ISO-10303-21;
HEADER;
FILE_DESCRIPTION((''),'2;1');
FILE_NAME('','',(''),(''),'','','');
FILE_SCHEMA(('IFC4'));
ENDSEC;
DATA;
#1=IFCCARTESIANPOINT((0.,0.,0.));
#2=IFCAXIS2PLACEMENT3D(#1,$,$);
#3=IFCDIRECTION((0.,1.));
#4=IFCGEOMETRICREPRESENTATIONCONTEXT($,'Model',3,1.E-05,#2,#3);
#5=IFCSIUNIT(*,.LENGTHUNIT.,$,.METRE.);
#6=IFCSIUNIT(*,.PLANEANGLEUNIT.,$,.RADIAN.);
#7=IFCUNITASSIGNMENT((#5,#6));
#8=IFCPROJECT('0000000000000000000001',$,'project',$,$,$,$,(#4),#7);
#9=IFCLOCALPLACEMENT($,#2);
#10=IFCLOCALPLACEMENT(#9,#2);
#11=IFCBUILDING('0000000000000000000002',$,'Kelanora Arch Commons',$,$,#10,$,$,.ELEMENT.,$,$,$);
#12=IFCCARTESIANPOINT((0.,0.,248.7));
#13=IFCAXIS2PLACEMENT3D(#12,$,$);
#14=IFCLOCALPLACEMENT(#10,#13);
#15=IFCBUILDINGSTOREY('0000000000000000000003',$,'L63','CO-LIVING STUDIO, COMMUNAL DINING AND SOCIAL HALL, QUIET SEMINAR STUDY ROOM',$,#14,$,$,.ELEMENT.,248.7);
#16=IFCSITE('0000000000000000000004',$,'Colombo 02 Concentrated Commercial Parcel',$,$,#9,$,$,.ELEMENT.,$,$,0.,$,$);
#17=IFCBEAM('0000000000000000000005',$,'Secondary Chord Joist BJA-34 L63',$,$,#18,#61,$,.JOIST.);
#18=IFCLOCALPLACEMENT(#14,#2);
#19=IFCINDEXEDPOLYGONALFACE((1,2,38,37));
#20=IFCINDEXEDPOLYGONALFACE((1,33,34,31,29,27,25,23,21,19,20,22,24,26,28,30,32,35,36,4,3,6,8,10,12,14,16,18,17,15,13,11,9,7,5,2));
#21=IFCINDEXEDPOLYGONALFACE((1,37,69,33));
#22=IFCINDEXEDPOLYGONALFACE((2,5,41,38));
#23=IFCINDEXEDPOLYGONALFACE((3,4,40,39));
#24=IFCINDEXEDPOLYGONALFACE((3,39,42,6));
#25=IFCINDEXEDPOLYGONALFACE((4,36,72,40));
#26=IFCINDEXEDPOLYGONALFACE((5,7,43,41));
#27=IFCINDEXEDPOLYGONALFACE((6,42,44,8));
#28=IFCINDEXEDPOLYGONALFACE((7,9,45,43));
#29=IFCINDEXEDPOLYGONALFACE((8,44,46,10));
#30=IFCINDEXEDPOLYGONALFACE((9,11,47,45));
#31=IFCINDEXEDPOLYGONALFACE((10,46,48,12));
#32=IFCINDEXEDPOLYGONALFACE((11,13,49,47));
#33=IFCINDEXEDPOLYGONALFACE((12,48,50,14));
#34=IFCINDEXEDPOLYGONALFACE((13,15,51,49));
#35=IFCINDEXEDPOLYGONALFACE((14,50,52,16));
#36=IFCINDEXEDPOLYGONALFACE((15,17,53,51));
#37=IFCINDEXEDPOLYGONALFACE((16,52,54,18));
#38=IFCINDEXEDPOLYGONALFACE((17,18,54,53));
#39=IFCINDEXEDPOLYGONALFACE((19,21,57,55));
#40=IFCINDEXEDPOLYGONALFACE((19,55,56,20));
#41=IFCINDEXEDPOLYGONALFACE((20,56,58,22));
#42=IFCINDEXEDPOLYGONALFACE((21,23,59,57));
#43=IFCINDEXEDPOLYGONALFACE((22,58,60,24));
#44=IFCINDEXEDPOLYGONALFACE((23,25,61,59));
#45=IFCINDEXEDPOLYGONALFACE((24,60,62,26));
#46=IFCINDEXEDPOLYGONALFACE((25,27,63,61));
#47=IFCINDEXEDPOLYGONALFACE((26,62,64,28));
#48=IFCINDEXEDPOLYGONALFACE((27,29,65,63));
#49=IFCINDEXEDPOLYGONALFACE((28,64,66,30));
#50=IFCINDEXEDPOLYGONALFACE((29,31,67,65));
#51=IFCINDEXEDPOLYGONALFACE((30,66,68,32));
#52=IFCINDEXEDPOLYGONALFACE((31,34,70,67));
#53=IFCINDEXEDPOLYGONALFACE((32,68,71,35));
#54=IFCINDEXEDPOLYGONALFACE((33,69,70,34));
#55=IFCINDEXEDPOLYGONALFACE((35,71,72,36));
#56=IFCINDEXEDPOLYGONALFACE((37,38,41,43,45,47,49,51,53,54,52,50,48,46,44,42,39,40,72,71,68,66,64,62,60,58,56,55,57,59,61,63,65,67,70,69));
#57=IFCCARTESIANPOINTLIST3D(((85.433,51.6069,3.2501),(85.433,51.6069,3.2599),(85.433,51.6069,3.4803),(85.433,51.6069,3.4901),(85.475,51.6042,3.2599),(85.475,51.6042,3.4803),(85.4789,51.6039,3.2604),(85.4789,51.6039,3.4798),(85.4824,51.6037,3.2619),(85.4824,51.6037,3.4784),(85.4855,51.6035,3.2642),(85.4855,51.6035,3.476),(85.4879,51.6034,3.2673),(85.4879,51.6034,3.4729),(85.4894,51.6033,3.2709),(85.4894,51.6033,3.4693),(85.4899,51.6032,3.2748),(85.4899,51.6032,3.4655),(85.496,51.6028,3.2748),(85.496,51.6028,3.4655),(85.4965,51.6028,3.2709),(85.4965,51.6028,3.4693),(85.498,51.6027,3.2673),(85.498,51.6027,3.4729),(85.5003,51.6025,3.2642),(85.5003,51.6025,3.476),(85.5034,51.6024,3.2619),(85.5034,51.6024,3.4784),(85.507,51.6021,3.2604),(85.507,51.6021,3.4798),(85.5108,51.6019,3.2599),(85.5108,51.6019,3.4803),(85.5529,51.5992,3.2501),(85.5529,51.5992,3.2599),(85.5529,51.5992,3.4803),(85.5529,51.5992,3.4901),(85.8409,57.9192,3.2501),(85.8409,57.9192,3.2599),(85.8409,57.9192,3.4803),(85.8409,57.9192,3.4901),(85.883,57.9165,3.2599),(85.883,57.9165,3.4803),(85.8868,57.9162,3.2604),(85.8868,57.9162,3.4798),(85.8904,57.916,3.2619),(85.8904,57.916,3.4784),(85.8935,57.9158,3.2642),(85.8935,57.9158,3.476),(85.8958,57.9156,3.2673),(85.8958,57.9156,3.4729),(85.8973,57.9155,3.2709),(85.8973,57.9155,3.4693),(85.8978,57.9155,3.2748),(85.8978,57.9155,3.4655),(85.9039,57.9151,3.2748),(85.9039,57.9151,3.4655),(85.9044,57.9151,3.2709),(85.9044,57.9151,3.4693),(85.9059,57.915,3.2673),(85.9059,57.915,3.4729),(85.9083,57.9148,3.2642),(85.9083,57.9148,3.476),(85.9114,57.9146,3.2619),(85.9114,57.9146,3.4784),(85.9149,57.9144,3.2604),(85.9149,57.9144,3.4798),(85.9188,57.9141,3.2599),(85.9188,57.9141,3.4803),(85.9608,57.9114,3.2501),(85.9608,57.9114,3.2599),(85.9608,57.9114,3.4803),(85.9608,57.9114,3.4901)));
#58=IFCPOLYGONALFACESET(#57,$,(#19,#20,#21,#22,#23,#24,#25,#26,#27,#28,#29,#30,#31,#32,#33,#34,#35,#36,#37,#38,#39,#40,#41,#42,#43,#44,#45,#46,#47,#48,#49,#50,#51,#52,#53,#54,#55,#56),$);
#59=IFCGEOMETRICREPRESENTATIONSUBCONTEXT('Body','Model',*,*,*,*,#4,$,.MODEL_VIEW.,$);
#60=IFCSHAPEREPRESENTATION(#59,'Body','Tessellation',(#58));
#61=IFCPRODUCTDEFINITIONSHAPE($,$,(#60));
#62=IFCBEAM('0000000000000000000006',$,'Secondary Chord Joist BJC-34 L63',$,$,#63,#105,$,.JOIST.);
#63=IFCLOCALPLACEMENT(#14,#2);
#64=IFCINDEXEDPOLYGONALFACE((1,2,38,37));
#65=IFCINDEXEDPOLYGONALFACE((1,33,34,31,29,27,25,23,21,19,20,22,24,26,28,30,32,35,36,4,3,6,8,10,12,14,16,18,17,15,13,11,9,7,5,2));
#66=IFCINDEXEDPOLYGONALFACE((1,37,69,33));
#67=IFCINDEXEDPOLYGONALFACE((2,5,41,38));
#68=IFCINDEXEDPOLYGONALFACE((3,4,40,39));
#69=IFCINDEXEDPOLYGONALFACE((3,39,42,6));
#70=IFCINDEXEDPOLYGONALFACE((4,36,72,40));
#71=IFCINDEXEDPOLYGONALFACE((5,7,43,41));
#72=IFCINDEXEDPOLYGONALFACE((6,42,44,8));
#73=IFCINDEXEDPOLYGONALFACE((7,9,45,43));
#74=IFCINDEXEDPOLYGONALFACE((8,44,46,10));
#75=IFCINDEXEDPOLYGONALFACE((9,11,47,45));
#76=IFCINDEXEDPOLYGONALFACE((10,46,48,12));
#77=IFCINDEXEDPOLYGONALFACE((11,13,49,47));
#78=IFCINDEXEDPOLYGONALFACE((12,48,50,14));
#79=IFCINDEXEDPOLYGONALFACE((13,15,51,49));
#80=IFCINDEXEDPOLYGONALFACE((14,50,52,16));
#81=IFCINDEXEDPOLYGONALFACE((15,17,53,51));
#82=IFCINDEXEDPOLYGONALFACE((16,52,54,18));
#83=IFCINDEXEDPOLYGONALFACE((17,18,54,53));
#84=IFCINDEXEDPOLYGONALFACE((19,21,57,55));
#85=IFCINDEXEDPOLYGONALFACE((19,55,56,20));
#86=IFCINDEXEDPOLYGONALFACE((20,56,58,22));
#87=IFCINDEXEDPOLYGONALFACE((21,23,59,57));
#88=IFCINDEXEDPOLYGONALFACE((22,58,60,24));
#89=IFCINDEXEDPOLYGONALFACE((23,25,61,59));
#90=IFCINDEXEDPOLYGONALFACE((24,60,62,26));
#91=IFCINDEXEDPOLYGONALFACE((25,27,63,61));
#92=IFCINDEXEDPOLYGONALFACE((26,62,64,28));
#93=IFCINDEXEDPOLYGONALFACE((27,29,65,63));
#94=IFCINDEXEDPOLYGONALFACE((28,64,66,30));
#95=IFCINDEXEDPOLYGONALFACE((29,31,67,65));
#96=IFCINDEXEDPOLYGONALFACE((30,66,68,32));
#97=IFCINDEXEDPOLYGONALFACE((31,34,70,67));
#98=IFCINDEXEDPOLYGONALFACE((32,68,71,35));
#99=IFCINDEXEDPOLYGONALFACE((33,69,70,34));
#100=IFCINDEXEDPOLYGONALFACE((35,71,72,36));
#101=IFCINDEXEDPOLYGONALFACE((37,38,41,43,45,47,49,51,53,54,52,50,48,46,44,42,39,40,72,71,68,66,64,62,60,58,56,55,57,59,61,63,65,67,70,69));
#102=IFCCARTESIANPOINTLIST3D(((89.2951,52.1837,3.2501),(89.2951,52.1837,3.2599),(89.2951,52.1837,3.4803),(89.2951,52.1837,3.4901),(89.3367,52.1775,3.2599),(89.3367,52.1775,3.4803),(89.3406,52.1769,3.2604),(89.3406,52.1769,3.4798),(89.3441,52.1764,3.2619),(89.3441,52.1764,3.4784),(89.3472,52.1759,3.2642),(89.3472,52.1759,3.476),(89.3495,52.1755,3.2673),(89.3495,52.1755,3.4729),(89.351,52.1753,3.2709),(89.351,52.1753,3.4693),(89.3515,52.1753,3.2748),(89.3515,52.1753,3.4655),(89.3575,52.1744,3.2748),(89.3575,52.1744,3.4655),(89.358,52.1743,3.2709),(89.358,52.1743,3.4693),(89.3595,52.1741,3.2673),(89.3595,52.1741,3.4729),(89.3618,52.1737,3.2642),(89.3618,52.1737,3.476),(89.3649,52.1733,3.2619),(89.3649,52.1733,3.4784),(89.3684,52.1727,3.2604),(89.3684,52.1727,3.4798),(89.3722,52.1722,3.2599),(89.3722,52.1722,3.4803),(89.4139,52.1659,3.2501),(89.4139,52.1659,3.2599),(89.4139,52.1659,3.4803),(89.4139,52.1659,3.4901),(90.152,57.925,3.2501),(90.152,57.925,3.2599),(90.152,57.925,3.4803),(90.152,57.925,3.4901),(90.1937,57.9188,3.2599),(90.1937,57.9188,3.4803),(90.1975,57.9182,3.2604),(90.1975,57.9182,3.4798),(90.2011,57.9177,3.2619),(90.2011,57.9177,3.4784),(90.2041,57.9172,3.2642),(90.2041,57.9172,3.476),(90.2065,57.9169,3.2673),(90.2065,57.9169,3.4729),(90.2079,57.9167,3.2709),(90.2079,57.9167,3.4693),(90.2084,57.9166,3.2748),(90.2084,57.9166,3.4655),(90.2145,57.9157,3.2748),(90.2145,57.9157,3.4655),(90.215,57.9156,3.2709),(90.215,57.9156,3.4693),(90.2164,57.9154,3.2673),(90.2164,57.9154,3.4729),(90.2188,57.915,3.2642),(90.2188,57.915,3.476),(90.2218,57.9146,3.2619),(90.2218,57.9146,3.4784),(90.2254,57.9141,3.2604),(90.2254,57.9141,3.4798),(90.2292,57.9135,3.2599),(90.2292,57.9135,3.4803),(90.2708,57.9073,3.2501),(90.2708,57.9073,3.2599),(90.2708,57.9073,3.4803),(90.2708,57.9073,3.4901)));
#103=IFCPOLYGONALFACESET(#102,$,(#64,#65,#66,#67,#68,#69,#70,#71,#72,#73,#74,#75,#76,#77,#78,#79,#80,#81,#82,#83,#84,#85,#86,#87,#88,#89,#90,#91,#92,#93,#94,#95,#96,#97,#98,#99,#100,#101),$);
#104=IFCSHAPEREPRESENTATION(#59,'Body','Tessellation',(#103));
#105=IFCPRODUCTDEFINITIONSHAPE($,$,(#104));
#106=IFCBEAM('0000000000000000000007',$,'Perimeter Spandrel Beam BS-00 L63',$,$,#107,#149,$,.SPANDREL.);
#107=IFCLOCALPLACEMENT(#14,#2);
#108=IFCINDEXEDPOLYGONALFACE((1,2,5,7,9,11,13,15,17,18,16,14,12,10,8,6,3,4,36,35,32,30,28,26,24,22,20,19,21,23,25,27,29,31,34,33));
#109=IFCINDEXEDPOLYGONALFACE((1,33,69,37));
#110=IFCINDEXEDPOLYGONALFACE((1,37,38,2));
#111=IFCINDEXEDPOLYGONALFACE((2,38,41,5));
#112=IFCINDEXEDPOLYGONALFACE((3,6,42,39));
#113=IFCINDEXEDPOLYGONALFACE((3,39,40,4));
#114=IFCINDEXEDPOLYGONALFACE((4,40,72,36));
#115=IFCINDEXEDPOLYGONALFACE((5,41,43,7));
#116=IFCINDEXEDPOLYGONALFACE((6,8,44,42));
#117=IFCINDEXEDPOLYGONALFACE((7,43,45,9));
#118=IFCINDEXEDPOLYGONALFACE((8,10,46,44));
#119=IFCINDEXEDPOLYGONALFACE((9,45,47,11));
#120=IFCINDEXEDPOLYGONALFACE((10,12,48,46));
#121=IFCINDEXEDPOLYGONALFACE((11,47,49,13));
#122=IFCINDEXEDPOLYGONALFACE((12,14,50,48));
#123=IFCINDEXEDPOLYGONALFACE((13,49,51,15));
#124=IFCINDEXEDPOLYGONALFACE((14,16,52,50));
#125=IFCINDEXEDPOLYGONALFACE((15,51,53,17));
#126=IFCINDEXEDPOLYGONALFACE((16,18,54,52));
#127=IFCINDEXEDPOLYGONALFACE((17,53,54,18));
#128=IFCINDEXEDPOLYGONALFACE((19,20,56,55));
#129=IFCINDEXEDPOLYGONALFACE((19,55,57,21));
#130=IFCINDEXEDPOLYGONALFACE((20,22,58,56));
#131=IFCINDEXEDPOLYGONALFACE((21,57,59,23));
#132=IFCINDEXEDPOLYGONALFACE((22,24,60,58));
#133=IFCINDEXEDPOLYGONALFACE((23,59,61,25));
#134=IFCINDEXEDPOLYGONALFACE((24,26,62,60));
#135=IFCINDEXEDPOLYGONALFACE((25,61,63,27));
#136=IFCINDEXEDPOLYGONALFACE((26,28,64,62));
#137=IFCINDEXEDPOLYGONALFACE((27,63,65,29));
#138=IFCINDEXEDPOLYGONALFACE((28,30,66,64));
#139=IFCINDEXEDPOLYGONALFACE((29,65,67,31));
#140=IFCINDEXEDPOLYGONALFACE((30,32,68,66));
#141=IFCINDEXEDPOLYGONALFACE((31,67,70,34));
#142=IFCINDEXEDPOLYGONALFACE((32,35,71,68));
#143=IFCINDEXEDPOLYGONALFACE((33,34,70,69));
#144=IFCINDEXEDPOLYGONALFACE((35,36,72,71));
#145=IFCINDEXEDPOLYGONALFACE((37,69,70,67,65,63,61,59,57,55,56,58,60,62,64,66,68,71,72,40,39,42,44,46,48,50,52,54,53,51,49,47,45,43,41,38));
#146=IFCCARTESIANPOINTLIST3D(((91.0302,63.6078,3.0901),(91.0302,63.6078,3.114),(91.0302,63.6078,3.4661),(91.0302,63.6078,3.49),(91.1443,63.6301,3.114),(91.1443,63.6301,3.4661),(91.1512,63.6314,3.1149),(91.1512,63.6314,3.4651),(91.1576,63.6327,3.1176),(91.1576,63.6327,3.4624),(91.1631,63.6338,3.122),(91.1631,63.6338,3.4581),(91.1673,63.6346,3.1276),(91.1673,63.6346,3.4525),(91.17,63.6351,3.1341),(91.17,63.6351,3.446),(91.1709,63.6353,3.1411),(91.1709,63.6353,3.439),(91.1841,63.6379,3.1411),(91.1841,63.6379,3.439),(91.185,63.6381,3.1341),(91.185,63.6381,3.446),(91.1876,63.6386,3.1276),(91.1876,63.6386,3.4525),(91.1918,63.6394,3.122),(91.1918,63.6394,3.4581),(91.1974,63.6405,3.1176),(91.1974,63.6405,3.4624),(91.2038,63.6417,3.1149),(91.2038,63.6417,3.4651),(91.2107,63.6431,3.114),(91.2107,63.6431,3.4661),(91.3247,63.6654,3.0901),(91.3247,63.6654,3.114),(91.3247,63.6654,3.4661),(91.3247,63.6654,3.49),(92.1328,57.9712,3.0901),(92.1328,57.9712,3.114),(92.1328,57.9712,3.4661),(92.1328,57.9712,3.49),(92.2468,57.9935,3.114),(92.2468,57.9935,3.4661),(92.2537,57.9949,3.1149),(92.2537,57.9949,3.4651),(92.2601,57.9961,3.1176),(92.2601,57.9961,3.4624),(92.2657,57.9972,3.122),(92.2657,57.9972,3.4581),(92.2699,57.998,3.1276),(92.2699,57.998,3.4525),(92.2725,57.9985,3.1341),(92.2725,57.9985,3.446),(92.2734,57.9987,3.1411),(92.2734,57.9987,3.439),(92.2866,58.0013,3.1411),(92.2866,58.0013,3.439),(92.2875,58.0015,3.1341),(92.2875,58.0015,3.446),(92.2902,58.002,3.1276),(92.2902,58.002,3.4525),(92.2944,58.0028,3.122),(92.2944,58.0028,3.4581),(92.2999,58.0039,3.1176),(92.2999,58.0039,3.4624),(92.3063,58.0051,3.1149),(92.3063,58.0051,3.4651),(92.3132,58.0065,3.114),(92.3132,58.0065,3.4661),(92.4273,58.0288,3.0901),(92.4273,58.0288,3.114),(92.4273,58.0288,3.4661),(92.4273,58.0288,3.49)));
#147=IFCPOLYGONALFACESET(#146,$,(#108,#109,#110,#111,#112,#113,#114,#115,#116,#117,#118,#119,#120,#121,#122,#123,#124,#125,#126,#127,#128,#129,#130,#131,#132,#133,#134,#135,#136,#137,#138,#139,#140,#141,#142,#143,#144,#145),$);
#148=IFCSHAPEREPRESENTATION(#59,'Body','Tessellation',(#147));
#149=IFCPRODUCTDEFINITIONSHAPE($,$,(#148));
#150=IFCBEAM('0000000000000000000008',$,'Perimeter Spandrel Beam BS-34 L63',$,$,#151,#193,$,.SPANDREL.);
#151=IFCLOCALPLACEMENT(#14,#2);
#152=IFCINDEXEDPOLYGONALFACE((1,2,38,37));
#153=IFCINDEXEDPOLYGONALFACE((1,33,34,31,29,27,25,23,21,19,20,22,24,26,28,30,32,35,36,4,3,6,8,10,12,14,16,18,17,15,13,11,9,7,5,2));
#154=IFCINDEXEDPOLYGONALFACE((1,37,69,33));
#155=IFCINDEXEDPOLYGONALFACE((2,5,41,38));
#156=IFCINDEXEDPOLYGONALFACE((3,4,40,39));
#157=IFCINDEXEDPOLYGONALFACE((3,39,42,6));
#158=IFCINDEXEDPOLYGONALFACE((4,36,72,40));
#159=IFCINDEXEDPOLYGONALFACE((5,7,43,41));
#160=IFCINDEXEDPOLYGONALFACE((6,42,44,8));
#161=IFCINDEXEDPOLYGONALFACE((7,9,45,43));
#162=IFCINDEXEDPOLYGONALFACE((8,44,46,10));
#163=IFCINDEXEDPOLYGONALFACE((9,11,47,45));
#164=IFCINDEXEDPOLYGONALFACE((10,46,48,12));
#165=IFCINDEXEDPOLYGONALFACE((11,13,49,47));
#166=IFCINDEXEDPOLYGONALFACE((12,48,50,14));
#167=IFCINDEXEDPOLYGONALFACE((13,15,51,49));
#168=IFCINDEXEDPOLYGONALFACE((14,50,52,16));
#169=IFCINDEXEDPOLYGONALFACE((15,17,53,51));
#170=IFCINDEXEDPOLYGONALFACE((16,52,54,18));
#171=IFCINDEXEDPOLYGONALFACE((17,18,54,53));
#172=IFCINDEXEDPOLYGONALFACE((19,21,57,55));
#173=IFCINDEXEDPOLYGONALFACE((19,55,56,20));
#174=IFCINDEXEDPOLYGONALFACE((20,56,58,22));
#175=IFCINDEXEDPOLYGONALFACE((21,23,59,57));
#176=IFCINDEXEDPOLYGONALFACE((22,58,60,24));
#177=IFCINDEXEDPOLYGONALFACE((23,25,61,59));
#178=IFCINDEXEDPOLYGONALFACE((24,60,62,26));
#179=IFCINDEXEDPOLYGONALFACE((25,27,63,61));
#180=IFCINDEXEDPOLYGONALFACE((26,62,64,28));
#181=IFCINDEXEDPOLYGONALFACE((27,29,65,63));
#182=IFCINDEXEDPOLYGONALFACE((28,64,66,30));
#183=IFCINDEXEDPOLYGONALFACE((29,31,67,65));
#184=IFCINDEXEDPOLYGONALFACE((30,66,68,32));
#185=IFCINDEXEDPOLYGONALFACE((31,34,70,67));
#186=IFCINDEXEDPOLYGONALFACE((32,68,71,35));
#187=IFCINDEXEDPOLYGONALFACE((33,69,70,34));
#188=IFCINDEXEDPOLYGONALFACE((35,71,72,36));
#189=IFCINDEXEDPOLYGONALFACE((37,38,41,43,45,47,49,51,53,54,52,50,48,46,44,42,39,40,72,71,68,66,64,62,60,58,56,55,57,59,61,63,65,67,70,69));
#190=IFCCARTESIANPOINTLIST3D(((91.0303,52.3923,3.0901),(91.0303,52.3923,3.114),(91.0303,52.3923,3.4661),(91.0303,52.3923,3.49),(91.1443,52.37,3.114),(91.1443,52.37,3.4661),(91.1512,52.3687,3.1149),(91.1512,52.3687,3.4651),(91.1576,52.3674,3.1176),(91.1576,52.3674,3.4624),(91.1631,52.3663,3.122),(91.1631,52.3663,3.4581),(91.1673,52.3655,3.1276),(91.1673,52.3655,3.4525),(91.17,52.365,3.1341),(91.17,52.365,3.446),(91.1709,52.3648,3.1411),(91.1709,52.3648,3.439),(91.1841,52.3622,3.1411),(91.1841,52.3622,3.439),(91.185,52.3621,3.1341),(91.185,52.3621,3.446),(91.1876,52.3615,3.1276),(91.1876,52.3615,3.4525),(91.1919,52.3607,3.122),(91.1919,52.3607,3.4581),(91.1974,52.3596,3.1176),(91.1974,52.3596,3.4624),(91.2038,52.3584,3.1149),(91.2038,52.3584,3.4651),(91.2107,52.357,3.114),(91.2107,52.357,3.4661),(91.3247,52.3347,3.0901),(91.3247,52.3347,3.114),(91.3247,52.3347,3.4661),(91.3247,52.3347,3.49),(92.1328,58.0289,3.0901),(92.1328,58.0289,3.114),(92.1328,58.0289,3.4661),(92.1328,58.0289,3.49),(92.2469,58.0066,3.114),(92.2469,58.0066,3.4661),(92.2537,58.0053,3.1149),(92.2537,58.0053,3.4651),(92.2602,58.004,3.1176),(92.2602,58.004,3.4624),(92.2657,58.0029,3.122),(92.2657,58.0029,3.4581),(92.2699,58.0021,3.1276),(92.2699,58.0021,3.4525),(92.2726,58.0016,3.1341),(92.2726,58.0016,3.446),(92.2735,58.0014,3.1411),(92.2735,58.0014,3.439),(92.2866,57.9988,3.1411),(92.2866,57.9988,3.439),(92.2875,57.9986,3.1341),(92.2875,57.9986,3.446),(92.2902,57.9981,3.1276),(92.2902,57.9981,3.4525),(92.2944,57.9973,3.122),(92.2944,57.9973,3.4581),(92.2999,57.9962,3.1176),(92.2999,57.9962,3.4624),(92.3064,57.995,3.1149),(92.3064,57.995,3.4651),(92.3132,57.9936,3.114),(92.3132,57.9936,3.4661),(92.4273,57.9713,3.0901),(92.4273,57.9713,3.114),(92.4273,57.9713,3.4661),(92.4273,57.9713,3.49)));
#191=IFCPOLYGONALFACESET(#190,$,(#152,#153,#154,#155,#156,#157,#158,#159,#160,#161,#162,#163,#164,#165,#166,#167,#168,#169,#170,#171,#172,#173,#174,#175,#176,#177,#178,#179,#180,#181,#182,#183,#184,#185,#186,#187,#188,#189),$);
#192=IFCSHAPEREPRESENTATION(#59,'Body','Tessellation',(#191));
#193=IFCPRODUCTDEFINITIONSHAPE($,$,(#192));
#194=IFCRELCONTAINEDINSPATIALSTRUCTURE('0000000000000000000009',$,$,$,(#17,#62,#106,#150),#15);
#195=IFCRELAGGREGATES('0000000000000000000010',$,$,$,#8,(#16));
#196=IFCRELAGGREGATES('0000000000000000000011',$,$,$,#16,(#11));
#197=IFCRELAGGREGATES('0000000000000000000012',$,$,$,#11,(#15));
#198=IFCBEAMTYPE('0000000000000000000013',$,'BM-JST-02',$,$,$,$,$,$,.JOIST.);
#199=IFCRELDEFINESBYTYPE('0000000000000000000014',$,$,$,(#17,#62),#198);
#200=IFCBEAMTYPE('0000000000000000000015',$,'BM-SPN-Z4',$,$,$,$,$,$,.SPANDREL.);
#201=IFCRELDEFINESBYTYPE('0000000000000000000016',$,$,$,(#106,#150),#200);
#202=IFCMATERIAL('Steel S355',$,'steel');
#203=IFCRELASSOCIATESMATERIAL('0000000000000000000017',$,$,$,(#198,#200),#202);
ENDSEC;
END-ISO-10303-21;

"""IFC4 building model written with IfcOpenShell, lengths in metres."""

from ifc_helpers import new_model, si_unit, direction, frame, origin, origin_2d, place, context, subcontext, project, spatial, i_section, extrude, material, material_profile, profile_set, type_object, element, save


model = new_model("IFC4")

# Units and contexts
model_context = context("Model", 3, precision=1e-05, world=origin(), true_north=direction((0.0, 1.0)))
body_context = subcontext(model_context, "Body", "Model", "MODEL_VIEW")
ifc_project = project(units=[si_unit("LENGTHUNIT", "METRE"), si_unit("PLANEANGLEUNIT", "RADIAN")], contexts=[model_context])

# Site, building, storey
site_placement = place(None, origin())
site = spatial("IfcSite", under=ifc_project, at=site_placement, Name="Colombo 02 Concentrated Commercial Parcel", CompositionType="ELEMENT", RefElevation=0.0)
building_placement = place(site_placement, origin())
building = spatial("IfcBuilding", under=site, at=building_placement, Name="Kelanora Arch Commons", CompositionType="ELEMENT")
storey_placement = place(building_placement, frame((0.0, 0.0, 248.7)))
storey = spatial("IfcBuildingStorey", under=building, at=storey_placement, Name="L63", Description="CO-LIVING STUDIO, COMMUNAL DINING AND SOCIAL HALL, QUIET SEMINAR STUDY ROOM", CompositionType="ELEMENT", Elevation=248.7)

# Beams
ifc_material_1 = material(Name="Steel S355", Category="steel")
ifc_material_profile_1 = material_profile(ifc_material_1, i_section(OverallWidth=0.1201, OverallDepth=0.24, WebThickness=0.0061, FlangeThickness=0.0098, FilletRadius=0.0149, at=origin_2d()), Name="IPE240")
ifc_profile_set_1 = profile_set([ifc_material_profile_1], Name="Steel S355")
beam_type_1 = type_object("IfcBeamType", Name="BM-JST-02", PredefinedType="JOIST", material=ifc_profile_set_1)
beam_1_placement = place(storey_placement, frame((85.4929, 51.603, 3.3701), z_axis=(0.064495, 0.997918, 0.0), x_axis=(-0.997918, 0.064495, 0.0)))
element("IfcBeam", 1, at=beam_1_placement, inside=storey, type_object=beam_type_1, Name="Secondary Chord Joist BJA-34 L63", PredefinedType="JOIST", context=body_context, shape_type="SweptSolid", body=[
    extrude(i_section(OverallWidth=0.1201, OverallDepth=0.24, WebThickness=0.0061, FlangeThickness=0.0098, FilletRadius=0.0149, at=origin_2d()), origin(), (0.0, 0.0, 1.0), 6.3254),
])
beam_2_placement = place(storey_placement, frame((89.3545, 52.1748, 3.3701), z_axis=(0.147625, 0.989043, 0.0), x_axis=(-0.989043, 0.147625, 0.0)))
element("IfcBeam", 2, at=beam_2_placement, inside=storey, type_object=beam_type_1, Name="Secondary Chord Joist BJC-34 L63", PredefinedType="JOIST", context=body_context, shape_type="SweptSolid", body=[
    extrude(i_section(OverallWidth=0.1201, OverallDepth=0.24, WebThickness=0.0061, FlangeThickness=0.0098, FilletRadius=0.0149, at=origin_2d()), origin(), (0.0, 0.0, 1.0), 5.8049),
])
ifc_material_profile_2 = material_profile(ifc_material_1, i_section(OverallWidth=0.3, OverallDepth=0.3999, WebThickness=0.0134, FlangeThickness=0.0239, FilletRadius=0.0271, at=origin_2d()), Name="HEB400")
ifc_profile_set_2 = profile_set([ifc_material_profile_2], Name="Steel S355")
beam_type_2 = type_object("IfcBeamType", Name="BM-SPN-Z4", PredefinedType="SPANDREL", material=ifc_profile_set_2)
for number, where, z_axis, x_axis, name in (
    (3, (92.28, 58.0, 3.29), (-0.19197, 0.981401, 0.0), (-0.981401, -0.19197, 0.0), "Perimeter Spandrel Beam BS-00 L63"),
    (4, (91.1775, 52.3635, 3.29), (0.19197, 0.981401, 0.0), (-0.981401, 0.19197, 0.0), "Perimeter Spandrel Beam BS-34 L63"),
):
    element("IfcBeam", number, at=place(storey_placement, frame(where, z_axis=z_axis, x_axis=x_axis)), inside=storey, type_object=beam_type_2, Name=name, PredefinedType="SPANDREL", context=body_context, shape_type="SweptSolid", body=[
        extrude(i_section(OverallWidth=0.3, OverallDepth=0.3999, WebThickness=0.0134, FlangeThickness=0.0239, FilletRadius=0.0271, at=origin_2d()), origin(), (0.0, 0.0, 1.0), 5.7434),
    ])

save(model, "model.ifc")
